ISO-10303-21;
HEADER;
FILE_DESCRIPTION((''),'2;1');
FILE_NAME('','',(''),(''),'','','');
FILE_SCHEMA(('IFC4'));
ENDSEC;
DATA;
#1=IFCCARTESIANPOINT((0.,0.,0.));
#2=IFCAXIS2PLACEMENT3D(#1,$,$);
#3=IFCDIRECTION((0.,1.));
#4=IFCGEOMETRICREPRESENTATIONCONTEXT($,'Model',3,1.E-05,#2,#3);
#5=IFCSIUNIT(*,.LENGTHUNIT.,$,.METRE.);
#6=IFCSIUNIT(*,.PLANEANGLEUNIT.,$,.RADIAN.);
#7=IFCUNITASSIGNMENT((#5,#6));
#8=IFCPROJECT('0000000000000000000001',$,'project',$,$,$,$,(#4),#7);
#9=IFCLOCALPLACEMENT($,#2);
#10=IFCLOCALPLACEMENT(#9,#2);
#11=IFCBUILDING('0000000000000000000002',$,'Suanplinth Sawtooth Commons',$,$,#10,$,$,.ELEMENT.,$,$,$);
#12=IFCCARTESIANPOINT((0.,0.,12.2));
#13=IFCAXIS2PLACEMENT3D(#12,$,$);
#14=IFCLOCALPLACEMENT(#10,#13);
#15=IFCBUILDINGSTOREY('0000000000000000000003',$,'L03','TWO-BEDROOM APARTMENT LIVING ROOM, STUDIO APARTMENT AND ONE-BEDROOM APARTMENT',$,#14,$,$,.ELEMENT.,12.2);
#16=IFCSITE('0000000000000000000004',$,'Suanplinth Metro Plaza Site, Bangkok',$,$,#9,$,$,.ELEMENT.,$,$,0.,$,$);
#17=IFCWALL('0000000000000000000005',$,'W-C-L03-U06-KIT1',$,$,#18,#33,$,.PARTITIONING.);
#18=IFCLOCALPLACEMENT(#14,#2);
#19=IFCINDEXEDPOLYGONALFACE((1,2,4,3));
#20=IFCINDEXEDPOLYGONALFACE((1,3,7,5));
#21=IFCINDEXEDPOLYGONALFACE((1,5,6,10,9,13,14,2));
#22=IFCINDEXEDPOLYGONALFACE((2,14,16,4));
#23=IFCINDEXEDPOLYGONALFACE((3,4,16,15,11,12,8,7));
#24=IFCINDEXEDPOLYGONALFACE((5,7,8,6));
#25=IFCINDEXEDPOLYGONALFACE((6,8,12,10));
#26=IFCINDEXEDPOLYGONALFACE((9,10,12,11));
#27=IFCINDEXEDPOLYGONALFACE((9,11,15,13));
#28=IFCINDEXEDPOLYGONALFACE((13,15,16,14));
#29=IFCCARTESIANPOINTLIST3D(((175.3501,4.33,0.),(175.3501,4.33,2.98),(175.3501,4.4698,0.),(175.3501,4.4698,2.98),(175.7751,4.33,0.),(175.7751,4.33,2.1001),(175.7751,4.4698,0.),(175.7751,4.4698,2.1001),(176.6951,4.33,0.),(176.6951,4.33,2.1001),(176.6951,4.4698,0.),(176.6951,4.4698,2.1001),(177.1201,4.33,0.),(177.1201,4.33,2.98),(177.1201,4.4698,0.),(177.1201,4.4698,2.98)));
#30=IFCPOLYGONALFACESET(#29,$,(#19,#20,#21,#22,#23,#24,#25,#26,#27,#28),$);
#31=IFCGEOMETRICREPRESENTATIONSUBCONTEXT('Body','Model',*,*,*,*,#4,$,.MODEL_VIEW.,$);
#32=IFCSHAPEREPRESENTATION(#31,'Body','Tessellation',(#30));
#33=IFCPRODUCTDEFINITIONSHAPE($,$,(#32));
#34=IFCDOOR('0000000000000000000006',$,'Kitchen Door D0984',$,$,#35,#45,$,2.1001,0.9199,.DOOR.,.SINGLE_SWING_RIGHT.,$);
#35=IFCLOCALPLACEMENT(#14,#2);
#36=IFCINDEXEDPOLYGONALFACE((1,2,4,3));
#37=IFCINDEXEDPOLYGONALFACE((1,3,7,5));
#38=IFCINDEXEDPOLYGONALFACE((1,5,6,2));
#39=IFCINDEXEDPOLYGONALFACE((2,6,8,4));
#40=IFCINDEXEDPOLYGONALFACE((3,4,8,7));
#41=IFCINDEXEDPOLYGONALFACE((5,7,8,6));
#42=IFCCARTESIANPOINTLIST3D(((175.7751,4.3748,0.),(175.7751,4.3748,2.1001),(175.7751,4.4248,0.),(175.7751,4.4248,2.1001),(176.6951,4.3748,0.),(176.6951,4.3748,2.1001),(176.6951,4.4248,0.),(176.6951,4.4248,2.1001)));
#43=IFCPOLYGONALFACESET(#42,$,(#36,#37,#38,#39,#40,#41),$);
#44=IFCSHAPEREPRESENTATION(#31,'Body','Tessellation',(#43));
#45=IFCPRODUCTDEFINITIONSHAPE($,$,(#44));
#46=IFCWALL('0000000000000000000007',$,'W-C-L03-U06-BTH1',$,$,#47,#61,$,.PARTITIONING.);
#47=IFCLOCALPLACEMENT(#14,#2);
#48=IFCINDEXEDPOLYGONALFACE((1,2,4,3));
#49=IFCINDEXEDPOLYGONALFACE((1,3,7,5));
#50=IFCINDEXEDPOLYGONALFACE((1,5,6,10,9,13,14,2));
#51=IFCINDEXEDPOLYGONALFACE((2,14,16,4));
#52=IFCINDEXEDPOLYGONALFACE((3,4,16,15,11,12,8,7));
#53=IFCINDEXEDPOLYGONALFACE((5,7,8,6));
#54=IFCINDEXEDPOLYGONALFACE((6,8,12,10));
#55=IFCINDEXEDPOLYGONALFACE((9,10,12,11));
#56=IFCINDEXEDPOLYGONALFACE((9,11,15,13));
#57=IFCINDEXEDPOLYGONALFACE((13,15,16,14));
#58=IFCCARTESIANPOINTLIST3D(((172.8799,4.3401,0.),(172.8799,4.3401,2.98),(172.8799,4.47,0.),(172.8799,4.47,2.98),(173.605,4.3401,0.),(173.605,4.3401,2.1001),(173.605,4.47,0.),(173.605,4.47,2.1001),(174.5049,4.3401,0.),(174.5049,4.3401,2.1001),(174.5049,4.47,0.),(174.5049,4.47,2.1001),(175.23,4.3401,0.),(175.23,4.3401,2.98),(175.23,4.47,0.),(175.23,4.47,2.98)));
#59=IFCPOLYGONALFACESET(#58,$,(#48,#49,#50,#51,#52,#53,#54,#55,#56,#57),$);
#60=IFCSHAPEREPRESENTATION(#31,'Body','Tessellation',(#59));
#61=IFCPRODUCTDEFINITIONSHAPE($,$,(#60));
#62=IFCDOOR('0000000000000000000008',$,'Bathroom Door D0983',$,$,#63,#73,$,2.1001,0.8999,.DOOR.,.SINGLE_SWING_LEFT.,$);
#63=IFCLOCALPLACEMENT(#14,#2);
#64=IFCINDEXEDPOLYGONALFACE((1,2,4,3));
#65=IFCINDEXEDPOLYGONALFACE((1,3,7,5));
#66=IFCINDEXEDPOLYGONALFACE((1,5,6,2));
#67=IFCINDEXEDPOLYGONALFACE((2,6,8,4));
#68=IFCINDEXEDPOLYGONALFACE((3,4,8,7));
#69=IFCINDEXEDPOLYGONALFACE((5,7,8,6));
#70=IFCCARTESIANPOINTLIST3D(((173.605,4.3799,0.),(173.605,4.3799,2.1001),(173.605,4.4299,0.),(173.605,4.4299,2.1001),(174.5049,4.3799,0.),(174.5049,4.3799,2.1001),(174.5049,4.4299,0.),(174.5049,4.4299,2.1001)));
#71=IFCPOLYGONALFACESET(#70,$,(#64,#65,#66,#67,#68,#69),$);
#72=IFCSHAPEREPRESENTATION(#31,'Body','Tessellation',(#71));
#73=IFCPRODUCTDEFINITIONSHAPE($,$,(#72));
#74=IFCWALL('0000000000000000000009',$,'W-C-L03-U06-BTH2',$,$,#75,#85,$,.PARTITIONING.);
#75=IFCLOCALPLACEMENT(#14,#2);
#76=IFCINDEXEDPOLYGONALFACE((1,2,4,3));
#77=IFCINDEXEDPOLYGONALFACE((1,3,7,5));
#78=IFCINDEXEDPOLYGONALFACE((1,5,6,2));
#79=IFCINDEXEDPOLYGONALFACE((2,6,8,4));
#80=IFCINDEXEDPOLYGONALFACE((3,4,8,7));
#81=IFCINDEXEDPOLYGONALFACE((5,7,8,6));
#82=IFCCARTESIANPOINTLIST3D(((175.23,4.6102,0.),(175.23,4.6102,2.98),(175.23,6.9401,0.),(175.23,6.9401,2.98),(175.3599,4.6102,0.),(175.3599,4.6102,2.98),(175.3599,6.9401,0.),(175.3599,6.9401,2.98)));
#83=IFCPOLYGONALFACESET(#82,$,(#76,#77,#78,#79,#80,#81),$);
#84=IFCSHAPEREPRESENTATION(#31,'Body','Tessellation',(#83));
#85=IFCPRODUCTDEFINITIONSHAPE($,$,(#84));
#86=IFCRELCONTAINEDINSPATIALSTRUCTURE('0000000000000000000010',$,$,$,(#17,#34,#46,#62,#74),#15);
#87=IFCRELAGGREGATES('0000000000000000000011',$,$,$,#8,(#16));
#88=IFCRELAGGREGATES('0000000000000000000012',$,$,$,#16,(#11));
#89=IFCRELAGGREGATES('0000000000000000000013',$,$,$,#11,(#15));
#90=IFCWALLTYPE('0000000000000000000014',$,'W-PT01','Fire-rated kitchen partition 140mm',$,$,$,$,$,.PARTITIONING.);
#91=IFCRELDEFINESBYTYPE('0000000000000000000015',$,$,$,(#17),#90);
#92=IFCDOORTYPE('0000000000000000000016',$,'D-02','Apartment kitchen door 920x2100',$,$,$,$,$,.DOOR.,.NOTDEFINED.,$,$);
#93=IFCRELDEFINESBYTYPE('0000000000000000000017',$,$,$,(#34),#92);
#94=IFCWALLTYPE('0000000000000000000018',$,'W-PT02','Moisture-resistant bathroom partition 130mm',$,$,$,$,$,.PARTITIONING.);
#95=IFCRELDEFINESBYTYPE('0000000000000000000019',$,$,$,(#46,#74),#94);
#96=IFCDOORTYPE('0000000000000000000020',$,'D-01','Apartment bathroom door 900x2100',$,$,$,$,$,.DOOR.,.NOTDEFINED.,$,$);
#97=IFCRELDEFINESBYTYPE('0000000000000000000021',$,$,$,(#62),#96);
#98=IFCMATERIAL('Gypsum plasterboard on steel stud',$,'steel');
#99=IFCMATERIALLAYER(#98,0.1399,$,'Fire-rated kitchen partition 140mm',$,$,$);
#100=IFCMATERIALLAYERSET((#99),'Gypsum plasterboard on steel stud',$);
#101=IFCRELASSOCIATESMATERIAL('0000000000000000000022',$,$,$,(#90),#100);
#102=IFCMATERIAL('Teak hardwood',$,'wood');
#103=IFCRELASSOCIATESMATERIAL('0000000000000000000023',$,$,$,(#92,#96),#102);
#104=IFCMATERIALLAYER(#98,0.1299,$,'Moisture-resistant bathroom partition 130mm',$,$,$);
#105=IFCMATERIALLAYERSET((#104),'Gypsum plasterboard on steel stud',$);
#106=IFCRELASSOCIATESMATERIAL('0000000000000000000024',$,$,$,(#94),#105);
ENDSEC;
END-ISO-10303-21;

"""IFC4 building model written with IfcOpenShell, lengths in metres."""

from ifc_helpers import new_model, si_unit, direction, frame, frame_2d, origin, place, context, subcontext, project, spatial, rectangle, extrude, material, layer, layer_set, type_object, element, fill, save


model = new_model("IFC4")

# Units and contexts
model_context = context("Model", 3, precision=1e-05, world=origin(), true_north=direction((0.0, 1.0)))
body_context = subcontext(model_context, "Body", "Model", "MODEL_VIEW")
ifc_project = project(units=[si_unit("LENGTHUNIT", "METRE"), si_unit("PLANEANGLEUNIT", "RADIAN")], contexts=[model_context])

# Site, building, storey
site_placement = place(None, origin())
site = spatial("IfcSite", under=ifc_project, at=site_placement, Name="Suanplinth Metro Plaza Site, Bangkok", CompositionType="ELEMENT", RefElevation=0.0)
building_placement = place(site_placement, origin())
building = spatial("IfcBuilding", under=site, at=building_placement, Name="Suanplinth Sawtooth Commons", CompositionType="ELEMENT")
storey_placement = place(building_placement, frame((0.0, 0.0, 12.2)))
storey = spatial("IfcBuildingStorey", under=building, at=storey_placement, Name="L03", Description="TWO-BEDROOM APARTMENT LIVING ROOM, STUDIO APARTMENT AND ONE-BEDROOM APARTMENT", CompositionType="ELEMENT", Elevation=12.2)

# Walls, openings, doors
ifc_material_1 = material(Name="Gypsum plasterboard on steel stud", Category="steel")
ifc_layer_1 = layer(ifc_material_1, 0.1399, Name="Fire-rated kitchen partition 140mm")
ifc_layer_set_1 = layer_set([ifc_layer_1], Name="Gypsum plasterboard on steel stud")
wall_type_1 = type_object("IfcWallType", Name="W-PT01", Description="Fire-rated kitchen partition 140mm", PredefinedType="PARTITIONING", material=ifc_layer_set_1)
wall_1_placement = place(storey_placement, frame((175.3501, 4.3999, 0.0), z_axis=(0.0, 0.0, 1.0), x_axis=(1.0, 0.0, 0.0)))
wall_1 = element("IfcWall", 1, at=wall_1_placement, inside=storey, type_object=wall_type_1, Name="W-C-L03-U06-KIT1", PredefinedType="PARTITIONING", context=body_context, shape_type="SweptSolid", body=[
    extrude(rectangle(XDim=1.77, YDim=0.1399, at=frame_2d((0.885, 0.0))), origin(), (0.0, 0.0, 1.0), 2.98),
])
opening_1_placement = place(wall_1_placement, frame((0.425, 0.0, 0.0)))
opening_1 = element("IfcOpeningElement", 2, at=opening_1_placement, cuts=wall_1, PredefinedType="OPENING", context=body_context, shape_type="SweptSolid", body=[
    extrude(rectangle(XDim=0.9199, YDim=2.1001, at=frame_2d((0.46, 1.05))), frame((0.0, 0.085, 0.0), z_axis=(0.0, -1.0, 0.0), x_axis=(1.0, 0.0, 0.0)), (0.0, 0.0, 1.0), 0.1697),
])
ifc_material_2 = material(Name="Teak hardwood", Category="wood")
door_type_1 = type_object("IfcDoorType", Name="D-02", Description="Apartment kitchen door 920x2100", OperationType="NOTDEFINED", PredefinedType="DOOR", material=ifc_material_2)
door_1_placement = place(opening_1_placement, origin())
door_1 = element("IfcDoor", 3, at=door_1_placement, inside=storey, type_object=door_type_1, Name="Kitchen Door D0984", OperationType="SINGLE_SWING_RIGHT", OverallHeight=2.1001, OverallWidth=0.9199, PredefinedType="DOOR", context=body_context, shape_type="SweptSolid", body=[
    extrude(rectangle(XDim=0.9199, YDim=2.1001, at=frame_2d((0.46, 1.05))), frame((0.0, 0.0249, 0.0), z_axis=(0.0, -1.0, 0.0), x_axis=(1.0, 0.0, 0.0)), (0.0, 0.0, 1.0), 0.05),
])
fill(opening_1, door_1)
ifc_layer_2 = layer(ifc_material_1, 0.1299, Name="Moisture-resistant bathroom partition 130mm")
ifc_layer_set_2 = layer_set([ifc_layer_2], Name="Gypsum plasterboard on steel stud")
wall_type_2 = type_object("IfcWallType", Name="W-PT02", Description="Moisture-resistant bathroom partition 130mm", PredefinedType="PARTITIONING", material=ifc_layer_set_2)
wall_2_placement = place(storey_placement, frame((172.8799, 4.405, 0.0), z_axis=(0.0, 0.0, 1.0), x_axis=(1.0, 0.0, 0.0)))
wall_2 = element("IfcWall", 4, at=wall_2_placement, inside=storey, type_object=wall_type_2, Name="W-C-L03-U06-BTH1", PredefinedType="PARTITIONING", context=body_context, shape_type="SweptSolid", body=[
    extrude(rectangle(XDim=2.3501, YDim=0.1299, at=frame_2d((1.175, 0.0))), origin(), (0.0, 0.0, 1.0), 2.98),
])
opening_2_placement = place(wall_2_placement, frame((0.7251, 0.0, 0.0)))
opening_2 = element("IfcOpeningElement", 5, at=opening_2_placement, cuts=wall_2, PredefinedType="OPENING", context=body_context, shape_type="SweptSolid", body=[
    extrude(rectangle(XDim=0.8999, YDim=2.1001, at=frame_2d((0.45, 1.05))), frame((0.0, 0.0798, 0.0), z_axis=(0.0, -1.0, 0.0), x_axis=(1.0, 0.0, 0.0)), (0.0, 0.0, 1.0), 0.1597),
])
door_type_2 = type_object("IfcDoorType", Name="D-01", Description="Apartment bathroom door 900x2100", OperationType="NOTDEFINED", PredefinedType="DOOR", material=ifc_material_2)
door_2_placement = place(opening_2_placement, origin())
door_2 = element("IfcDoor", 6, at=door_2_placement, inside=storey, type_object=door_type_2, Name="Bathroom Door D0983", OperationType="SINGLE_SWING_LEFT", OverallHeight=2.1001, OverallWidth=0.8999, PredefinedType="DOOR", context=body_context, shape_type="SweptSolid", body=[
    extrude(rectangle(XDim=0.8999, YDim=2.1001, at=frame_2d((0.45, 1.05))), frame((0.0, 0.0249, 0.0), z_axis=(0.0, -1.0, 0.0), x_axis=(1.0, 0.0, 0.0)), (0.0, 0.0, 1.0), 0.05),
])
fill(opening_2, door_2)

# Wall
wall_3_placement = place(storey_placement, frame((175.2949, 4.6101, 0.0), z_axis=(0.0, 0.0, 1.0), x_axis=(0.0, 1.0, 0.0)))
element("IfcWall", 7, at=wall_3_placement, inside=storey, type_object=wall_type_2, Name="W-C-L03-U06-BTH2", PredefinedType="PARTITIONING", context=body_context, shape_type="SweptSolid", body=[
    extrude(rectangle(XDim=2.3298, YDim=0.1299, at=frame_2d((1.165, 0.0))), origin(), (0.0, 0.0, 1.0), 2.98),
])

save(model, "model.ifc")
